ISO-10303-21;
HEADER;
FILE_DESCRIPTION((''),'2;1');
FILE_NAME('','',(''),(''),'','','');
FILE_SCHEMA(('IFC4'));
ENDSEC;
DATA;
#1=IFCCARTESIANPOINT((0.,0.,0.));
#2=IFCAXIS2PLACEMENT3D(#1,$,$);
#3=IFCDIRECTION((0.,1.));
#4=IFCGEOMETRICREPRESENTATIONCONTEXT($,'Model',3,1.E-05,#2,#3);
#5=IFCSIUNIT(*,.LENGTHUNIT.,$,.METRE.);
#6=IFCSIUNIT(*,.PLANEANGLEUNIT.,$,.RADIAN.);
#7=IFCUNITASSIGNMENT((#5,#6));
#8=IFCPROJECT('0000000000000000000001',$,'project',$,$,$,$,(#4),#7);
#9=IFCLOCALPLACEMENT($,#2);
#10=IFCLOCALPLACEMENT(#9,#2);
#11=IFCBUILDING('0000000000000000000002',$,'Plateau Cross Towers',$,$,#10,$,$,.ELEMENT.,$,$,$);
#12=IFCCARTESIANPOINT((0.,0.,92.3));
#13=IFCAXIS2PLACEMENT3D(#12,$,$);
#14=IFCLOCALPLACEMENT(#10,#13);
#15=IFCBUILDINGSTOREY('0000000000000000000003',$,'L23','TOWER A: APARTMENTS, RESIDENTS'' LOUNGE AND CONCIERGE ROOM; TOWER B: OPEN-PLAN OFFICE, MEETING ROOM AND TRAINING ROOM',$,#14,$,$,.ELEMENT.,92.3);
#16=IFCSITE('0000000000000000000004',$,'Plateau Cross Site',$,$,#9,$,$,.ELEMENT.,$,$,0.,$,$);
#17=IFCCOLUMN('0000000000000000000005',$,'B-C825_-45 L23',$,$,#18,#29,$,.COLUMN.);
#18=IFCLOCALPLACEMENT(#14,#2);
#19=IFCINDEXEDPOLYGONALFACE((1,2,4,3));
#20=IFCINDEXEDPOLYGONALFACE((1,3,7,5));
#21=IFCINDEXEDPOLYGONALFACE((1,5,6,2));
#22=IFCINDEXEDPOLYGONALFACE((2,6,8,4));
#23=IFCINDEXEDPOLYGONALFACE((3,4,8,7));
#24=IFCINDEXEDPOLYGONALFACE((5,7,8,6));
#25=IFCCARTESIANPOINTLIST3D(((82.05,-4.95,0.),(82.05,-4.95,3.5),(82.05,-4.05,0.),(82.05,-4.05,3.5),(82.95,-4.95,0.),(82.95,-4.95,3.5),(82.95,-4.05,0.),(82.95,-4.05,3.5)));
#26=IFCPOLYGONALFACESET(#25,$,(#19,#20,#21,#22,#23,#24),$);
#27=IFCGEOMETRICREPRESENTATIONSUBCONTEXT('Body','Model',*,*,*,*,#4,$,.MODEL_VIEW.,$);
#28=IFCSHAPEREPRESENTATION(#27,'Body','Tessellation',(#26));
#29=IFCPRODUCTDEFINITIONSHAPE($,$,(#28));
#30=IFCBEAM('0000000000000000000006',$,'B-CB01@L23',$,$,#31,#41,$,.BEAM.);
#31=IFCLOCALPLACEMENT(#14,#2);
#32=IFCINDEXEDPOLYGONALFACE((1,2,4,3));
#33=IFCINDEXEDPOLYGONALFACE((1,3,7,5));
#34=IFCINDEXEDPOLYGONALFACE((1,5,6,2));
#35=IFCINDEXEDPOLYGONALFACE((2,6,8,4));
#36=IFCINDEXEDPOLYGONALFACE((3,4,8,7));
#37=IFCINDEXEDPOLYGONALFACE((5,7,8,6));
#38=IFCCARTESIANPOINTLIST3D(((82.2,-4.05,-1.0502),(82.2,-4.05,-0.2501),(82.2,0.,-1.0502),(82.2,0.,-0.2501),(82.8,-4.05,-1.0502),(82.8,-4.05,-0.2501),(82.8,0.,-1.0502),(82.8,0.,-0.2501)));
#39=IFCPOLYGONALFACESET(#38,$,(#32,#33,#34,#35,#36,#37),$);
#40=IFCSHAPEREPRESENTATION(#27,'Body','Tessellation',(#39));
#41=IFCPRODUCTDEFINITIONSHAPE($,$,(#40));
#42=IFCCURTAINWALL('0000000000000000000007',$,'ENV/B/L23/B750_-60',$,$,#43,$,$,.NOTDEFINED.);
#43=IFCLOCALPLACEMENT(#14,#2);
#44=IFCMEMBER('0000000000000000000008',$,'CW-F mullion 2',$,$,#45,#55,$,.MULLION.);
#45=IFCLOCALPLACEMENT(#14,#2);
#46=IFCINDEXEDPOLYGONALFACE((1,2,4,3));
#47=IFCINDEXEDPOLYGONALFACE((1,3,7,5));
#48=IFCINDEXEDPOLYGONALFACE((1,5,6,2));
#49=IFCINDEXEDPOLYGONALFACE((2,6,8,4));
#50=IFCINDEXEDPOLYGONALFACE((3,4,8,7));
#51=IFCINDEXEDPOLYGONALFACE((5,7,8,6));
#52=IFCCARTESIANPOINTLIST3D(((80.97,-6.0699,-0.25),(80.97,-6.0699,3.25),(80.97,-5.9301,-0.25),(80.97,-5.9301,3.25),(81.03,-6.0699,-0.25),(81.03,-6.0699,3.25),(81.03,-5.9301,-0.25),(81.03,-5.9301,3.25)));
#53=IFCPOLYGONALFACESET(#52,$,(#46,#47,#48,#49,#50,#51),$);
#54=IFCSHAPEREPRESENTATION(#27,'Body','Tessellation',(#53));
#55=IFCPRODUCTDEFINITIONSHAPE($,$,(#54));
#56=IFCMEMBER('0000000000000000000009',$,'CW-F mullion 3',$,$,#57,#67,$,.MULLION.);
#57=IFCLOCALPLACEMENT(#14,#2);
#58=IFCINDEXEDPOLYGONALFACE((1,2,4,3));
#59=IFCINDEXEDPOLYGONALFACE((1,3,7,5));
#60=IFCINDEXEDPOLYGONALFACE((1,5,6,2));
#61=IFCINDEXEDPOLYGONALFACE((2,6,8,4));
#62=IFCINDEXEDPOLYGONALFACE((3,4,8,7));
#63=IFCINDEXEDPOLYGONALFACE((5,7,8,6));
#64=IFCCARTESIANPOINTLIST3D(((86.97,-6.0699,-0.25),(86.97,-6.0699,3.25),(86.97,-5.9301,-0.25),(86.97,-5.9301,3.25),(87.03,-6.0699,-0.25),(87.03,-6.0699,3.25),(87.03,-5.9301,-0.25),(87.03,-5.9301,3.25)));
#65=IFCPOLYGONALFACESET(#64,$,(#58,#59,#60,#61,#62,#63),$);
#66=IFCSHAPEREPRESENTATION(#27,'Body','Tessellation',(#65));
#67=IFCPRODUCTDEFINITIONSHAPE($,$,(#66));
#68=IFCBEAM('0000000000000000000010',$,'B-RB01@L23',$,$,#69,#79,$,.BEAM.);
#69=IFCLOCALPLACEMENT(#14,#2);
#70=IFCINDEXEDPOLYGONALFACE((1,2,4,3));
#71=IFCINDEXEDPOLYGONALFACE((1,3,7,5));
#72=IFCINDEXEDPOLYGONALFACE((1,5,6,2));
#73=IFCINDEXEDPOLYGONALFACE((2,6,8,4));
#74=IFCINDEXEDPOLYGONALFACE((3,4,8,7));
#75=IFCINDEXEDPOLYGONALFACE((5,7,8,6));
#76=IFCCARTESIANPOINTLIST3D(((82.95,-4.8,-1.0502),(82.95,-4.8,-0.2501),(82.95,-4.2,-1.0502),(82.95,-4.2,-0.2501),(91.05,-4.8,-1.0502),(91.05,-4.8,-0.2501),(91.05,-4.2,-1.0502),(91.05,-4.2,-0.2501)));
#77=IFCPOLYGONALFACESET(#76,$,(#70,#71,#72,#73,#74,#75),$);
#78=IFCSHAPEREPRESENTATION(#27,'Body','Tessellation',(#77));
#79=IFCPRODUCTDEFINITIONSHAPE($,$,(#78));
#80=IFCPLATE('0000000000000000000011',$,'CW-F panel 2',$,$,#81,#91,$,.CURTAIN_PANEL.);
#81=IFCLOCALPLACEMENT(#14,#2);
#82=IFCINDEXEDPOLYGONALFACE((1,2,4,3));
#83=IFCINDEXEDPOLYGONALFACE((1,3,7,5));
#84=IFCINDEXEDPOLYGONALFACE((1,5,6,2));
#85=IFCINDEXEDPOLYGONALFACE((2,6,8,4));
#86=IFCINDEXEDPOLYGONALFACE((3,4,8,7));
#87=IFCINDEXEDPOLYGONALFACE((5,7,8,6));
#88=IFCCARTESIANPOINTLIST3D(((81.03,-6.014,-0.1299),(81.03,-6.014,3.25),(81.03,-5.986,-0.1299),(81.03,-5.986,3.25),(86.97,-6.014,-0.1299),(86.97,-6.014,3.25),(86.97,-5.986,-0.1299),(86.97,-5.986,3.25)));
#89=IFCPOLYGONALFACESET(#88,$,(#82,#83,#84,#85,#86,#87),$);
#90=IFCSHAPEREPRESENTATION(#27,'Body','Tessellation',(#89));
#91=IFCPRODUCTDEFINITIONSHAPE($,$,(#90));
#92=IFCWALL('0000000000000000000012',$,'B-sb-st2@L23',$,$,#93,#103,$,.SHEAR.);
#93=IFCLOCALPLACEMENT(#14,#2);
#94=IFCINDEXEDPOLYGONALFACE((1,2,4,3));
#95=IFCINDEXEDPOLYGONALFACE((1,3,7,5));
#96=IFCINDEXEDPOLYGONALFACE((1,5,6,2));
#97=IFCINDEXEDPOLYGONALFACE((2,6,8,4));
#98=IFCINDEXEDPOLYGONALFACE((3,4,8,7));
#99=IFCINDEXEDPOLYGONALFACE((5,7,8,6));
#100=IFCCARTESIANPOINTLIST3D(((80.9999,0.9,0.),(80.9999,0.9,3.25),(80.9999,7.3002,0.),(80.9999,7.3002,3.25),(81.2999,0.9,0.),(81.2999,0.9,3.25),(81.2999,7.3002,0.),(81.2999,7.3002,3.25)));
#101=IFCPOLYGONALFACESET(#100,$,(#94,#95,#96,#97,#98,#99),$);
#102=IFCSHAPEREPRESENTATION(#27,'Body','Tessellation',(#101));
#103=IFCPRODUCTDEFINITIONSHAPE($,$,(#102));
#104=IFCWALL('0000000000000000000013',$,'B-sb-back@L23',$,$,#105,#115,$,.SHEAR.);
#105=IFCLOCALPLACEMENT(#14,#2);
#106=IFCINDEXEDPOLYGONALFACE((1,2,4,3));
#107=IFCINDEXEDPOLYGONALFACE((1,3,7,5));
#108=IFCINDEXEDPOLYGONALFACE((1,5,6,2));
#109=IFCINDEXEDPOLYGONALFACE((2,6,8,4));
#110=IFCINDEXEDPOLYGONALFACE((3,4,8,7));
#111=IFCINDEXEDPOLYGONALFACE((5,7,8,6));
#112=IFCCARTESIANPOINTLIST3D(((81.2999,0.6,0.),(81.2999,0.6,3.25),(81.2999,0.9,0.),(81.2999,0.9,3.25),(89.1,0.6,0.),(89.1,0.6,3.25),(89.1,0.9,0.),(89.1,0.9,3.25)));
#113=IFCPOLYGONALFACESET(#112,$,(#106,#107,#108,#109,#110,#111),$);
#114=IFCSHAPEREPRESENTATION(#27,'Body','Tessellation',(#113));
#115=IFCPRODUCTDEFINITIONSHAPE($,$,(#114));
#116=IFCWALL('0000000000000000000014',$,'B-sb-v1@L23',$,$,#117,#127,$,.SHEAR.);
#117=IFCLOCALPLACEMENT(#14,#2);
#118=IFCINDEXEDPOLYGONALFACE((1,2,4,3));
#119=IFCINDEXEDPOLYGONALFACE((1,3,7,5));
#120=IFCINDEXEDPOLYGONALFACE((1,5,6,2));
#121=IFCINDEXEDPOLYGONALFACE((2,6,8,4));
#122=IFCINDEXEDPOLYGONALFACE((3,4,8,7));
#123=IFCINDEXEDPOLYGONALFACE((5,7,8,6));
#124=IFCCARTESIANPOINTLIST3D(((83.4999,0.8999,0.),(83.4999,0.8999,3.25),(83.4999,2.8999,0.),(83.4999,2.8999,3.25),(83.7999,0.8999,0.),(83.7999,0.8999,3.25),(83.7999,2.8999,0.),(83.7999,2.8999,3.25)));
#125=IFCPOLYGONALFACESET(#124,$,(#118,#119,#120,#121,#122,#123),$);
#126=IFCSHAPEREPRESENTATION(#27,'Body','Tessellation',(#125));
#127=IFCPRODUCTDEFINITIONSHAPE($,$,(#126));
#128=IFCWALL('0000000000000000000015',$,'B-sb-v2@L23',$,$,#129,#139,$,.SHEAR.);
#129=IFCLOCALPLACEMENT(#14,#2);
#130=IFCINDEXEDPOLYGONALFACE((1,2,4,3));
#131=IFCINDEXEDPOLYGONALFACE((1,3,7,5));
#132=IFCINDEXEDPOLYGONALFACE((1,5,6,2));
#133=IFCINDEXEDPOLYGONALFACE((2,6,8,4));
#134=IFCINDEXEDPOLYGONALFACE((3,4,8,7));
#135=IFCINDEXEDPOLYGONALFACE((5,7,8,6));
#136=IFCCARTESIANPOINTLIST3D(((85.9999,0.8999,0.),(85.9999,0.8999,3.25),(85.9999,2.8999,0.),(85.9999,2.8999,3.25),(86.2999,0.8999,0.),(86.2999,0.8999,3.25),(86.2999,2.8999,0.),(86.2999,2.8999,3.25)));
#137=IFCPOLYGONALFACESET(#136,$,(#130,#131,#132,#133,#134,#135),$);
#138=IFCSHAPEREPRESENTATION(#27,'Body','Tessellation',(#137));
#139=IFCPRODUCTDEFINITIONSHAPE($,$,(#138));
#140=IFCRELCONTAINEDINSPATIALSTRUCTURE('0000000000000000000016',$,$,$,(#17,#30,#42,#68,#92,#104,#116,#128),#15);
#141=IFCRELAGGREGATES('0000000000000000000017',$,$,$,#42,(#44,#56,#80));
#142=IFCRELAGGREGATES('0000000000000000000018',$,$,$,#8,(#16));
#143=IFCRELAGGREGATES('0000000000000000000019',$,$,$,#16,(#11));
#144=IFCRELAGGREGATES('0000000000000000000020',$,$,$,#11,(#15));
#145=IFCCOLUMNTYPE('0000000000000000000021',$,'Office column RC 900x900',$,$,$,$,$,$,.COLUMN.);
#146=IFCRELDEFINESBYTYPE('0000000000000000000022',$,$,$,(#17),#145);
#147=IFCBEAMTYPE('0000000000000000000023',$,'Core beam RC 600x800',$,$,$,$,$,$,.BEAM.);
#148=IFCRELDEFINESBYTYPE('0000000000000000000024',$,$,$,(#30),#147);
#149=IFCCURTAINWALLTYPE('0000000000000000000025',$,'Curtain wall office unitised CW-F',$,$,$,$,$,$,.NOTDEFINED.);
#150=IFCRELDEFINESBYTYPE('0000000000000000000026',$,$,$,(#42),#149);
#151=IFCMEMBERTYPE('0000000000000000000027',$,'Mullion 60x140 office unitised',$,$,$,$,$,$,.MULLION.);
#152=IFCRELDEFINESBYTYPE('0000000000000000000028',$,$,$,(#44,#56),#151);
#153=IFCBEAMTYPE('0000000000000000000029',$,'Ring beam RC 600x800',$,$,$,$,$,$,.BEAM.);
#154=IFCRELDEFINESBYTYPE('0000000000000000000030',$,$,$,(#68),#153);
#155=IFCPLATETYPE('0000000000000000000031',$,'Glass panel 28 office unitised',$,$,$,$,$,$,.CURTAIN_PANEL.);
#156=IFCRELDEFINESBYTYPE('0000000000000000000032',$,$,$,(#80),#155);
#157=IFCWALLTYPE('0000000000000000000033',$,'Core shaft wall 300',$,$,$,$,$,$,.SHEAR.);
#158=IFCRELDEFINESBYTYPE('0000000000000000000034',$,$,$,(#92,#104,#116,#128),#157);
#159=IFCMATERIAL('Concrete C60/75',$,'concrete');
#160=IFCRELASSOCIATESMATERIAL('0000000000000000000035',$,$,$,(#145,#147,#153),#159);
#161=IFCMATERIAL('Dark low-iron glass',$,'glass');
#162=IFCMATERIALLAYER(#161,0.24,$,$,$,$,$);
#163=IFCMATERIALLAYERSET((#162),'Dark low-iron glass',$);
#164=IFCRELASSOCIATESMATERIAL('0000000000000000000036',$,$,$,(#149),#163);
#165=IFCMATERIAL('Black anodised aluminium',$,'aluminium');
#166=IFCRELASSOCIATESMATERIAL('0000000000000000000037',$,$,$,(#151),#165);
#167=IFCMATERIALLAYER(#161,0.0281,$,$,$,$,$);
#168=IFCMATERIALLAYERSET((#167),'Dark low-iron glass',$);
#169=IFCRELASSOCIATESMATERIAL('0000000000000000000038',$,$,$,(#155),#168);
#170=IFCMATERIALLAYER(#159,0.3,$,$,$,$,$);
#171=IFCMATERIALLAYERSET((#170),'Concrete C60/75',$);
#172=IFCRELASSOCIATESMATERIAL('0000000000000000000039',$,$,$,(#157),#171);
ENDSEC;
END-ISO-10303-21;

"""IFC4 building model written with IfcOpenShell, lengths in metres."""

from ifc_helpers import new_model, si_unit, direction, frame, frame_2d, origin, origin_2d, place, context, subcontext, project, spatial, rectangle, extrude, material, layer, layer_set, material_profile, profile_set, type_object, element, aggregate, save


model = new_model("IFC4")

# Units and contexts
model_context = context("Model", 3, precision=1e-05, world=origin(), true_north=direction((0.0, 1.0)))
body_context = subcontext(model_context, "Body", "Model", "MODEL_VIEW")
ifc_project = project(units=[si_unit("LENGTHUNIT", "METRE"), si_unit("PLANEANGLEUNIT", "RADIAN")], contexts=[model_context])

# Site, building, storey
site_placement = place(None, origin())
site = spatial("IfcSite", under=ifc_project, at=site_placement, Name="Plateau Cross Site", CompositionType="ELEMENT", RefElevation=0.0)
building_placement = place(site_placement, origin())
building = spatial("IfcBuilding", under=site, at=building_placement, Name="Plateau Cross Towers", CompositionType="ELEMENT")
storey_placement = place(building_placement, frame((0.0, 0.0, 92.3)))
storey = spatial("IfcBuildingStorey", under=building, at=storey_placement, Name="L23", Description="TOWER A: APARTMENTS, RESIDENTS' LOUNGE AND CONCIERGE ROOM; TOWER B: OPEN-PLAN OFFICE, MEETING ROOM AND TRAINING ROOM", CompositionType="ELEMENT", Elevation=92.3)

# Column
ifc_material_1 = material(Name="Concrete C60/75", Category="concrete")
ifc_material_profile_1 = material_profile(ifc_material_1, rectangle(XDim=0.8999, YDim=0.8999, at=origin_2d()), Name="RC 900x900")
ifc_profile_set_1 = profile_set([ifc_material_profile_1], Name="Concrete C60/75")
column_type = type_object("IfcColumnType", Name="Office column RC 900x900", PredefinedType="COLUMN", material=ifc_profile_set_1)
column_placement = place(storey_placement, frame((82.5, -4.5, 0.0), z_axis=(0.0, 0.0, 1.0), x_axis=(1.0, 0.0, 0.0)))
element("IfcColumn", 1, at=column_placement, inside=storey, type_object=column_type, Name="B-C825_-45 L23", PredefinedType="COLUMN", context=body_context, shape_type="SweptSolid", body=[
    extrude(rectangle(XDim=0.8999, YDim=0.8999, at=origin_2d()), origin(), (0.0, 0.0, 1.0), 3.5),
])

# Beam
ifc_material_profile_2 = material_profile(ifc_material_1, rectangle(XDim=0.6001, YDim=0.8, at=origin_2d()), Name="RC 600x800")
ifc_profile_set_2 = profile_set([ifc_material_profile_2], Name="Concrete C60/75")
beam_type_1 = type_object("IfcBeamType", Name="Core beam RC 600x800", PredefinedType="BEAM", material=ifc_profile_set_2)
beam_1_placement = place(storey_placement, frame((82.5, 0.0, -0.6501), z_axis=(0.0, -1.0, 0.0), x_axis=(1.0, 0.0, 0.0)))
element("IfcBeam", 2, at=beam_1_placement, inside=storey, type_object=beam_type_1, Name="B-CB01@L23", PredefinedType="BEAM", context=body_context, shape_type="SweptSolid", body=[
    extrude(rectangle(XDim=0.6001, YDim=0.8, at=origin_2d()), origin(), (0.0, 0.0, 1.0), 4.05),
])

# Curtain wall, members
ifc_material_2 = material(Name="Dark low-iron glass", Category="glass")
ifc_layer_1 = layer(ifc_material_2, 0.24)
ifc_layer_set_1 = layer_set([ifc_layer_1], Name="Dark low-iron glass")
curtain_wall_type = type_object("IfcCurtainWallType", Name="Curtain wall office unitised CW-F", PredefinedType="NOTDEFINED", material=ifc_layer_set_1)
curtain_wall_placement = place(storey_placement, origin())
curtain_wall = element("IfcCurtainWall", 3, at=curtain_wall_placement, inside=storey, type_object=curtain_wall_type, Name="ENV/B/L23/B750_-60", PredefinedType="NOTDEFINED")
ifc_material_3 = material(Name="Black anodised aluminium", Category="aluminium")
ifc_material_profile_3 = material_profile(ifc_material_3, rectangle(XDim=0.0601, YDim=0.1399, at=origin_2d()), Name="MULLION 60x140")
ifc_profile_set_3 = profile_set([ifc_material_profile_3], Name="Black anodised aluminium")
member_type = type_object("IfcMemberType", Name="Mullion 60x140 office unitised", PredefinedType="MULLION", material=ifc_profile_set_3)
member_1_placement = place(storey_placement, frame((81.0, -6.0, -0.25), z_axis=(0.0, 0.0, 1.0), x_axis=(1.0, 0.0, 0.0)))
member_1 = element("IfcMember", 4, at=member_1_placement, type_object=member_type, Name="CW-F mullion 2", PredefinedType="MULLION", context=body_context, shape_type="SweptSolid", body=[
    extrude(rectangle(XDim=0.0601, YDim=0.1399, at=origin_2d()), origin(), (0.0, 0.0, 1.0), 3.5),
])
member_2_placement = place(storey_placement, frame((87.0, -6.0, -0.25), z_axis=(0.0, 0.0, 1.0), x_axis=(1.0, 0.0, 0.0)))
member_2 = element("IfcMember", 5, at=member_2_placement, type_object=member_type, Name="CW-F mullion 3", PredefinedType="MULLION", context=body_context, shape_type="SweptSolid", body=[
    extrude(rectangle(XDim=0.0601, YDim=0.1399, at=origin_2d()), origin(), (0.0, 0.0, 1.0), 3.5),
])

# Beam
ifc_material_profile_4 = material_profile(ifc_material_1, rectangle(XDim=0.6001, YDim=0.8, at=origin_2d()), Name="RC 600x800")
ifc_profile_set_4 = profile_set([ifc_material_profile_4], Name="Concrete C60/75")
beam_type_2 = type_object("IfcBeamType", Name="Ring beam RC 600x800", PredefinedType="BEAM", material=ifc_profile_set_4)
beam_2_placement = place(storey_placement, frame((82.95, -4.5, -0.6501), z_axis=(1.0, 0.0, 0.0), x_axis=(0.0, 1.0, 0.0)))
element("IfcBeam", 6, at=beam_2_placement, inside=storey, type_object=beam_type_2, Name="B-RB01@L23", PredefinedType="BEAM", context=body_context, shape_type="SweptSolid", body=[
    extrude(rectangle(XDim=0.6001, YDim=0.8, at=origin_2d()), origin(), (0.0, 0.0, 1.0), 8.1001),
])

# Plate
ifc_layer_2 = layer(ifc_material_2, 0.0281)
ifc_layer_set_2 = layer_set([ifc_layer_2], Name="Dark low-iron glass")
plate_type = type_object("IfcPlateType", Name="Glass panel 28 office unitised", PredefinedType="CURTAIN_PANEL", material=ifc_layer_set_2)
plate_placement = place(storey_placement, frame((84.0, -6.0, -0.1299), z_axis=(0.0, 0.0, 1.0), x_axis=(1.0, 0.0, 0.0)))
plate = element("IfcPlate", 7, at=plate_placement, type_object=plate_type, Name="CW-F panel 2", PredefinedType="CURTAIN_PANEL", context=body_context, shape_type="SweptSolid", body=[
    extrude(rectangle(XDim=5.9399, YDim=0.0281, at=origin_2d()), origin(), (0.0, 0.0, 1.0), 3.3799),
])
aggregate(curtain_wall, [member_1, member_2, plate])

# Walls
ifc_layer_3 = layer(ifc_material_1, 0.3)
ifc_layer_set_3 = layer_set([ifc_layer_3], Name="Concrete C60/75")
wall_type_1 = type_object("IfcWallType", Name="Core shaft wall 300", PredefinedType="SHEAR", material=ifc_layer_set_3)
wall_1_placement = place(storey_placement, frame((81.1499, 0.8999, 0.0), z_axis=(0.0, 0.0, 1.0), x_axis=(0.0, 1.0, 0.0)))
element("IfcWall", 8, at=wall_1_placement, inside=storey, type_object=wall_type_1, Name="B-sb-st2@L23", PredefinedType="SHEAR", context=body_context, shape_type="SweptSolid", body=[
    extrude(rectangle(XDim=6.4001, YDim=0.3, at=frame_2d((3.2002, 0.0))), origin(), (0.0, 0.0, 1.0), 3.25),
])
wall_2_placement = place(storey_placement, frame((81.3, 0.75, 0.0), z_axis=(0.0, 0.0, 1.0), x_axis=(1.0, 0.0, 0.0)))
element("IfcWall", 9, at=wall_2_placement, inside=storey, type_object=wall_type_1, Name="B-sb-back@L23", PredefinedType="SHEAR", context=body_context, shape_type="SweptSolid", body=[
    extrude(rectangle(XDim=7.8, YDim=0.3, at=frame_2d((3.8999, 0.0))), origin(), (0.0, 0.0, 1.0), 3.25),
])
for number, where, z_axis, x_axis, name in (
    (10, (83.6499, 0.8999, 0.0), (0.0, 0.0, 1.0), (0.0, 1.0, 0.0), "B-sb-v1@L23"),
    (11, (86.1499, 0.8999, 0.0), (0.0, 0.0, 1.0), (0.0, 1.0, 0.0), "B-sb-v2@L23"),
):
    element("IfcWall", number, at=place(storey_placement, frame(where, z_axis=z_axis, x_axis=x_axis)), inside=storey, type_object=wall_type_1, Name=name, PredefinedType="SHEAR", context=body_context, shape_type="SweptSolid", body=[
        extrude(rectangle(XDim=2.0, YDim=0.3, at=frame_2d((1.0, 0.0))), origin(), (0.0, 0.0, 1.0), 3.25),
    ])

save(model, "model.ifc")
